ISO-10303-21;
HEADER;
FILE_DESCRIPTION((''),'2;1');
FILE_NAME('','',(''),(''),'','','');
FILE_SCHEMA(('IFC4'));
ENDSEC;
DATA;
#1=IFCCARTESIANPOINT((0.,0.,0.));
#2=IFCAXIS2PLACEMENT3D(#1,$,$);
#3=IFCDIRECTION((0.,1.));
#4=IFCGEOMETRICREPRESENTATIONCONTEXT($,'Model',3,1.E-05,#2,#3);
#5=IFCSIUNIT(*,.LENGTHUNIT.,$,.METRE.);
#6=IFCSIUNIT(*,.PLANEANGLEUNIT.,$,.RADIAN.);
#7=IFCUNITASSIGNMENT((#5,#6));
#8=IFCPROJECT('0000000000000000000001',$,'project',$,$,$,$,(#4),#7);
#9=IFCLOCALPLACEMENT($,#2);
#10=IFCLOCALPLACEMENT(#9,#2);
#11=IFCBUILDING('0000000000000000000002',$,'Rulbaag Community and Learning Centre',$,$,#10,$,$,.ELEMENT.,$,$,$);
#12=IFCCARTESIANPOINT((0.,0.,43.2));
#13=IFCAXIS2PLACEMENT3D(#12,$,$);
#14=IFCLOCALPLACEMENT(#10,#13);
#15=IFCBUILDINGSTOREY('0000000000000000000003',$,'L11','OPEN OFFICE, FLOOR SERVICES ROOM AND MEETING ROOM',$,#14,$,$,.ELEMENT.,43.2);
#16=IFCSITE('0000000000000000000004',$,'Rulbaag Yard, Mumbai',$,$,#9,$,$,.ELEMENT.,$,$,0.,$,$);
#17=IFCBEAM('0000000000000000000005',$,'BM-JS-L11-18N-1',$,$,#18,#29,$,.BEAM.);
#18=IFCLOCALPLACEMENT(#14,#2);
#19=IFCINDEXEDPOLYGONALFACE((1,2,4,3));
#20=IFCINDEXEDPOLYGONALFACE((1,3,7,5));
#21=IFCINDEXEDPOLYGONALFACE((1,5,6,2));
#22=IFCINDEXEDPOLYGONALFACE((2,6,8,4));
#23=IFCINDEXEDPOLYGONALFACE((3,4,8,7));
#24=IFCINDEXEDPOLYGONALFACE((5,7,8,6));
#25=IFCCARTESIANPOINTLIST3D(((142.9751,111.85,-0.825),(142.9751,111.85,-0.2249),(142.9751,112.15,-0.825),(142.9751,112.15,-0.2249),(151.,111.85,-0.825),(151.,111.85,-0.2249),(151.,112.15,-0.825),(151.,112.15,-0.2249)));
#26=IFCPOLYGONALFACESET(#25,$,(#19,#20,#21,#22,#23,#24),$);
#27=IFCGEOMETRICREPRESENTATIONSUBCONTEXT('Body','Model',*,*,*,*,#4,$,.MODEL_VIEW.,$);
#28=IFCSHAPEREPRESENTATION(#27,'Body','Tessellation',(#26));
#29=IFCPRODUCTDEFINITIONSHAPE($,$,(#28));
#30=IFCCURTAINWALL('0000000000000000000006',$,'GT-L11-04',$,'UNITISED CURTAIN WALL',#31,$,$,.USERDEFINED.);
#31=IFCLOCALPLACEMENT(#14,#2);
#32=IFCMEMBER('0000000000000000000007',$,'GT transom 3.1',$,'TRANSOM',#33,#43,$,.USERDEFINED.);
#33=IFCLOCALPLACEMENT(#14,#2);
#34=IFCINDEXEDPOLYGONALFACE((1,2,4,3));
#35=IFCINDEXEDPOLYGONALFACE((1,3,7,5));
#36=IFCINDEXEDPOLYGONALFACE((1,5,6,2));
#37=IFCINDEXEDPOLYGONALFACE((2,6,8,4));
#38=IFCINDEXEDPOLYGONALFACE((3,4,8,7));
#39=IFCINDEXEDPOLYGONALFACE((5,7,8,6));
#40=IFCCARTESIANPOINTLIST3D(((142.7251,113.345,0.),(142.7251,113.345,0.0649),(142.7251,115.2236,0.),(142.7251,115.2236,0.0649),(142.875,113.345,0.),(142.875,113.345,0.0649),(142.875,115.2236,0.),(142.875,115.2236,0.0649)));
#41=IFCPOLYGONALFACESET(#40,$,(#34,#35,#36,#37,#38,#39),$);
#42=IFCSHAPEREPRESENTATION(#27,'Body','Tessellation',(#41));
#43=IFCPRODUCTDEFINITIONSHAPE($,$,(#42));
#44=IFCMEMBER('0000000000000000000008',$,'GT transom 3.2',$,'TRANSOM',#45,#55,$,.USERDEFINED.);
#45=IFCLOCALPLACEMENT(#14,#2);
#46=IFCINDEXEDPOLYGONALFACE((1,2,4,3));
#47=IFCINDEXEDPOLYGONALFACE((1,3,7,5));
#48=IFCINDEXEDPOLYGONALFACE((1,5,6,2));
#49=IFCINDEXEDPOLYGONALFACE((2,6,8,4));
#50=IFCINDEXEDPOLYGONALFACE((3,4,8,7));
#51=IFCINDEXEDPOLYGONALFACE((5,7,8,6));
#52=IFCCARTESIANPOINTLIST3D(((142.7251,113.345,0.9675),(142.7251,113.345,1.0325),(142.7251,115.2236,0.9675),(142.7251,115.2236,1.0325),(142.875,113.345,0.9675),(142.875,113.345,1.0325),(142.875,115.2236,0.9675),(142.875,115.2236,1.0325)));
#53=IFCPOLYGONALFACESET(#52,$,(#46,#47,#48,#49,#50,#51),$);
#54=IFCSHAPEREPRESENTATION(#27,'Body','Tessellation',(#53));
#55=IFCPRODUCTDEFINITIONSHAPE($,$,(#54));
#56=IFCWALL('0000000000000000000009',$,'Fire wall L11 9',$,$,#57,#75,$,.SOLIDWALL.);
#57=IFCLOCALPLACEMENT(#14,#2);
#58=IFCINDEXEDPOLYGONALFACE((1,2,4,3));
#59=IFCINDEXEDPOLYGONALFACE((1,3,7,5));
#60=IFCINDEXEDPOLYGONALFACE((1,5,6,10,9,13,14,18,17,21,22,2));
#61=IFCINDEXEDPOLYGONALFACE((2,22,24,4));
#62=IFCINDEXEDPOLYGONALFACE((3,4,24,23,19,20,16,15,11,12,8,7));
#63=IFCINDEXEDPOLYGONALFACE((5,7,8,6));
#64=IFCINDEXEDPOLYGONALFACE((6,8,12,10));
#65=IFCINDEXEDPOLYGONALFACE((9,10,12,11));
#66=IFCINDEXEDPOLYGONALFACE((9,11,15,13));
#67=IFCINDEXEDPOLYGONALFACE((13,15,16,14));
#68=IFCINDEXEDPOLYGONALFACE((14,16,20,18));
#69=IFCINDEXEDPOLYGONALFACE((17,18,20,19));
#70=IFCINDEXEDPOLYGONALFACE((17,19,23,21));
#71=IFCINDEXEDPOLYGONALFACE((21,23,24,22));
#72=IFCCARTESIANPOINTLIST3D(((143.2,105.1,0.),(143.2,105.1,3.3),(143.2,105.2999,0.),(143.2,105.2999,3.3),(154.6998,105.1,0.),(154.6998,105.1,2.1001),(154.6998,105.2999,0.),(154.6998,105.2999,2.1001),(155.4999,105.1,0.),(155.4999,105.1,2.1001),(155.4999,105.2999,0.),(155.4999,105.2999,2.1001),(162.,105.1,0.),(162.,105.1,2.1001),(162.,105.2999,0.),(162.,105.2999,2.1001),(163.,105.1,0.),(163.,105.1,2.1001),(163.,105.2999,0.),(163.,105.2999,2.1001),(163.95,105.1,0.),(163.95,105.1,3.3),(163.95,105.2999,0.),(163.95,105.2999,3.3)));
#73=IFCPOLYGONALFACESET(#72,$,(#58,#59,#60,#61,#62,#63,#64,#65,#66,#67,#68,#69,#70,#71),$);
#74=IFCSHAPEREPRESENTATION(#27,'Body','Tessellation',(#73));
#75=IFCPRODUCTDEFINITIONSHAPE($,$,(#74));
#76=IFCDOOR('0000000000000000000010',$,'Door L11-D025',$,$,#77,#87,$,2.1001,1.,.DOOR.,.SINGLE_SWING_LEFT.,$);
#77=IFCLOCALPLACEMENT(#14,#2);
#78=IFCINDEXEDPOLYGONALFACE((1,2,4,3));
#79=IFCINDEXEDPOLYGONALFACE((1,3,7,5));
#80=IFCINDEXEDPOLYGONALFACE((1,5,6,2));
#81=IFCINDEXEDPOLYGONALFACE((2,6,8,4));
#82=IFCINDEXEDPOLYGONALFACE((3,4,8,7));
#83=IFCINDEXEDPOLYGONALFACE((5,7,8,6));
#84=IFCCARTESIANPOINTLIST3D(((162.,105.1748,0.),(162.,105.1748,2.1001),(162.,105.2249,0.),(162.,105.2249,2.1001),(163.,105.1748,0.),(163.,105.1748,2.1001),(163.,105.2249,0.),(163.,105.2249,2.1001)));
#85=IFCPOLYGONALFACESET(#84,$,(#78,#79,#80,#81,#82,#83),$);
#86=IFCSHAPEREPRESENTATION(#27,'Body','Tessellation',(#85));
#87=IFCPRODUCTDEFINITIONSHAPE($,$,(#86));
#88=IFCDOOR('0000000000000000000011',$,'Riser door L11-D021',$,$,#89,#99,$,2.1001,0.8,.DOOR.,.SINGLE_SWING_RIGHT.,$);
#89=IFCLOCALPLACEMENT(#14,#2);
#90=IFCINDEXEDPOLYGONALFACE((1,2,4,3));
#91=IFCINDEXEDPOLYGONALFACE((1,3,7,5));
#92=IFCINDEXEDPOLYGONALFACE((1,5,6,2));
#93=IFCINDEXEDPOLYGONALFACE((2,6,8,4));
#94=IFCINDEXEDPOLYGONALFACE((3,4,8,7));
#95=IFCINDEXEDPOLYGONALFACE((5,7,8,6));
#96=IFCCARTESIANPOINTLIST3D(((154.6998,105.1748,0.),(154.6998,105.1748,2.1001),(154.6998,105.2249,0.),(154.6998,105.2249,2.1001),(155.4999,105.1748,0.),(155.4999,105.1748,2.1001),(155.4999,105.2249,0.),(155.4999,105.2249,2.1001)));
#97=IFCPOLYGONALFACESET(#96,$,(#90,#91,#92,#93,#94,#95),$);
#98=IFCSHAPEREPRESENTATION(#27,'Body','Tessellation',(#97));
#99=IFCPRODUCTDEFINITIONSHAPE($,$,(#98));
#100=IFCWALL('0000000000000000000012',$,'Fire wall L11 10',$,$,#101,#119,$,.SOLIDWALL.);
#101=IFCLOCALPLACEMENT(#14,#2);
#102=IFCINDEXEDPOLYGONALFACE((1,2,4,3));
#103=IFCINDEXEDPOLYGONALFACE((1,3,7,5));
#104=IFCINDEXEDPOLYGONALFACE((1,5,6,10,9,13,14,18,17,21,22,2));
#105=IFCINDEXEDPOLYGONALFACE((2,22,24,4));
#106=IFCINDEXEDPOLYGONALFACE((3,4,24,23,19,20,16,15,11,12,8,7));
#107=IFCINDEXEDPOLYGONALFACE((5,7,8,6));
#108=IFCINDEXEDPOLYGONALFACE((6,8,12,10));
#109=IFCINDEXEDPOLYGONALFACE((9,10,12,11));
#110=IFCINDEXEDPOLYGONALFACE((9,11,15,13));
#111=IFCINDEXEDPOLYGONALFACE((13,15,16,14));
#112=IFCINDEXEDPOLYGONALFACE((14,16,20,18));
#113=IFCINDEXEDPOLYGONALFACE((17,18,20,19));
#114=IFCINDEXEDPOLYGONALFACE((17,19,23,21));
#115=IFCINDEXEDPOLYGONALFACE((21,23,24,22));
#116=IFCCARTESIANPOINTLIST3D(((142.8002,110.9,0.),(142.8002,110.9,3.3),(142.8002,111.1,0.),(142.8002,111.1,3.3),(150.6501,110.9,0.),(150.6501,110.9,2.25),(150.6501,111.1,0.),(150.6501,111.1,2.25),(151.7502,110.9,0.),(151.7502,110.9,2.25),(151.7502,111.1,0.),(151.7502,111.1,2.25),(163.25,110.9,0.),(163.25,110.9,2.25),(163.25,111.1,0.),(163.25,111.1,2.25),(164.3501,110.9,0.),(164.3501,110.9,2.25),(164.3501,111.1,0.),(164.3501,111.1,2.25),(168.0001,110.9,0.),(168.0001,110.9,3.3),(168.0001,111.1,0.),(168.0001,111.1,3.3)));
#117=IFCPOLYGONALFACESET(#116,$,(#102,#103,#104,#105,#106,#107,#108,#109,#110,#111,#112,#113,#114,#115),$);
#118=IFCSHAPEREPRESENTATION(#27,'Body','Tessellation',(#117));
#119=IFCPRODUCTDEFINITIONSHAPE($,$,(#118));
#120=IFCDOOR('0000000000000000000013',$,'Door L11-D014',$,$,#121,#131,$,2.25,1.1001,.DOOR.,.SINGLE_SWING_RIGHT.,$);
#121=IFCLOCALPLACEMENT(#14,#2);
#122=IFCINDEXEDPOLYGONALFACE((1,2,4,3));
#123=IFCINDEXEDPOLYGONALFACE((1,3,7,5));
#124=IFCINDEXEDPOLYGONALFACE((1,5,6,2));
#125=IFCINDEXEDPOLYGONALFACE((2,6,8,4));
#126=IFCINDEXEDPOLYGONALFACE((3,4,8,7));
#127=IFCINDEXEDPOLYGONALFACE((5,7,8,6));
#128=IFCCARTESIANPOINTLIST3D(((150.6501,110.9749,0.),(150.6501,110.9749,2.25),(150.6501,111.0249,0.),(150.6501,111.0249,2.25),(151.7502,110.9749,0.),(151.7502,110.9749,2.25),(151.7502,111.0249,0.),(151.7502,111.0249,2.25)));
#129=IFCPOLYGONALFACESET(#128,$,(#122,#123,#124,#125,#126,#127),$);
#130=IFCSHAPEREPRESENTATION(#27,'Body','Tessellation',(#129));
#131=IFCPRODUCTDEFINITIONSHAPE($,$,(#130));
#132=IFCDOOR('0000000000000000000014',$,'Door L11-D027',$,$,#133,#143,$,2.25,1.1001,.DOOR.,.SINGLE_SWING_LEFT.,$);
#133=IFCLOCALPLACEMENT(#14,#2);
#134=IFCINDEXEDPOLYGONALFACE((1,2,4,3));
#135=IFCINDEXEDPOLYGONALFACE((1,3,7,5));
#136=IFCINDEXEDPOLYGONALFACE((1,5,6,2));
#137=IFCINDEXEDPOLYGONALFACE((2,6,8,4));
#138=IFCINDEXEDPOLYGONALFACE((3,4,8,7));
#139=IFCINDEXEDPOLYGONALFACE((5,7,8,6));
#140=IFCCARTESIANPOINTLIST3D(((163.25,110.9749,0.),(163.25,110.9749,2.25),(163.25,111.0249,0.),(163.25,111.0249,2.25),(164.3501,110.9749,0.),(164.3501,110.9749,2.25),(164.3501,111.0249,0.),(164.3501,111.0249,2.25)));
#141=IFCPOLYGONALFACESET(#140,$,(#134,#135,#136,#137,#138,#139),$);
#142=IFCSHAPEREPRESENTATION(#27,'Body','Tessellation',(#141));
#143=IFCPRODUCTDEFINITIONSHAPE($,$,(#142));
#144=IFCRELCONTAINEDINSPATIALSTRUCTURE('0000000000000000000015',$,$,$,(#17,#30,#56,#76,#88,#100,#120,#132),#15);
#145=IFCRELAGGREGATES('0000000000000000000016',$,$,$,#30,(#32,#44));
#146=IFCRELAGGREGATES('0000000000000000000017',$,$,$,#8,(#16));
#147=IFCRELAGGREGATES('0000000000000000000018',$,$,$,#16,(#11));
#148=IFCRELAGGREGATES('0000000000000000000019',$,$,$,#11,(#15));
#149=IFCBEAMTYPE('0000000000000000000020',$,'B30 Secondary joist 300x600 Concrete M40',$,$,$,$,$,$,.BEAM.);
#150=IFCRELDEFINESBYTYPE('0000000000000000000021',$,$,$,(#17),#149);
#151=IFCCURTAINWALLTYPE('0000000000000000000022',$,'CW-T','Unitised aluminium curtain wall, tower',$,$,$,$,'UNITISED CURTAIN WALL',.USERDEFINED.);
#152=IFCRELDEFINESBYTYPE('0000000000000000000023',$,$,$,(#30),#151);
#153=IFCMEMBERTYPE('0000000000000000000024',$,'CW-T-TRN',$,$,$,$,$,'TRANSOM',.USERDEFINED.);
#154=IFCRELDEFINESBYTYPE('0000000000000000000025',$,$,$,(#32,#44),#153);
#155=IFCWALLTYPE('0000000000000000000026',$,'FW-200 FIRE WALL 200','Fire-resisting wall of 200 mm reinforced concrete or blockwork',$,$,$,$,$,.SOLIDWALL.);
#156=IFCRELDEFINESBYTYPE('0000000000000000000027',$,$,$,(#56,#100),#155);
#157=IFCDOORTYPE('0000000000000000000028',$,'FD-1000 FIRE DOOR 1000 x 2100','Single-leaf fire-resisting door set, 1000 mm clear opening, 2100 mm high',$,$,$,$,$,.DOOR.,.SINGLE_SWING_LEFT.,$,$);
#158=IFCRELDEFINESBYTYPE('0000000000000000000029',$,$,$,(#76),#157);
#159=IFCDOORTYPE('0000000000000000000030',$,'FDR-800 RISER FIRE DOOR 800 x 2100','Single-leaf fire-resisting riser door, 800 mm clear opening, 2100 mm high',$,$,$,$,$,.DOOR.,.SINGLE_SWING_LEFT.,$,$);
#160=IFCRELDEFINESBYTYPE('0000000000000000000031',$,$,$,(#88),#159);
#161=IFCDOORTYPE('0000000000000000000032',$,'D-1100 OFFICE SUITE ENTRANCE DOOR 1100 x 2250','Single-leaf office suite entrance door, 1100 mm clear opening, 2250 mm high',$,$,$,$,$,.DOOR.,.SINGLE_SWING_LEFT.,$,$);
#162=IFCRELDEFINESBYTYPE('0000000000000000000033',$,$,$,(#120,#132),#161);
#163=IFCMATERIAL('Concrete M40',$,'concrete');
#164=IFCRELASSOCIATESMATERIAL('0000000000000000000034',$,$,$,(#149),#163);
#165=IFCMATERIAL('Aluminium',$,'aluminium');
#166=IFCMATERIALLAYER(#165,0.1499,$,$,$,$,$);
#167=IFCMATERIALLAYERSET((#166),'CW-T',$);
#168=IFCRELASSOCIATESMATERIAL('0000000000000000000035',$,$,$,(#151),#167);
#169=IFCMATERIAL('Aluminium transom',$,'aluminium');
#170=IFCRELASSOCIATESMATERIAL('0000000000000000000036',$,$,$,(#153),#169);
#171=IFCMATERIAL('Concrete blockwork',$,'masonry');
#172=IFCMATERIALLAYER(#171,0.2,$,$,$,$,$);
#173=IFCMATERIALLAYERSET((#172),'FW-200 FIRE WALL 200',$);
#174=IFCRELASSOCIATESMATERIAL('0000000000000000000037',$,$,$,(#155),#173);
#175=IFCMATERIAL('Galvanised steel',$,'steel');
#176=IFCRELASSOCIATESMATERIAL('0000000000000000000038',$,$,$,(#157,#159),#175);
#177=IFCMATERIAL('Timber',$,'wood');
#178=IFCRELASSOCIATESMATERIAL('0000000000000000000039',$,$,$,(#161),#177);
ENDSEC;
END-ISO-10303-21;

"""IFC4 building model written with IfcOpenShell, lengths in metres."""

from ifc_helpers import new_model, si_unit, direction, frame, frame_2d, origin, origin_2d, place, context, subcontext, project, spatial, rectangle, extrude, material, layer, layer_set, material_profile, profile_set, type_object, element, fill, aggregate, save


model = new_model("IFC4")

# Units and contexts
model_context = context("Model", 3, precision=1e-05, world=origin(), true_north=direction((0.0, 1.0)))
body_context = subcontext(model_context, "Body", "Model", "MODEL_VIEW")
ifc_project = project(units=[si_unit("LENGTHUNIT", "METRE"), si_unit("PLANEANGLEUNIT", "RADIAN")], contexts=[model_context])

# Site, building, storey
site_placement = place(None, origin())
site = spatial("IfcSite", under=ifc_project, at=site_placement, Name="Rulbaag Yard, Mumbai", CompositionType="ELEMENT", RefElevation=0.0)
building_placement = place(site_placement, origin())
building = spatial("IfcBuilding", under=site, at=building_placement, Name="Rulbaag Community and Learning Centre", CompositionType="ELEMENT")
storey_placement = place(building_placement, frame((0.0, 0.0, 43.2)))
storey = spatial("IfcBuildingStorey", under=building, at=storey_placement, Name="L11", Description="OPEN OFFICE, FLOOR SERVICES ROOM AND MEETING ROOM", CompositionType="ELEMENT", Elevation=43.2)

# Beam
ifc_material_1 = material(Name="Concrete M40", Category="concrete")
ifc_material_profile_1 = material_profile(ifc_material_1, rectangle(XDim=0.3, YDim=0.6001, at=origin_2d()), Name="RB300x600")
ifc_profile_set_1 = profile_set([ifc_material_profile_1], Name="Concrete M40")
beam_type = type_object("IfcBeamType", Name="B30 Secondary joist 300x600 Concrete M40", PredefinedType="BEAM", material=ifc_profile_set_1)
beam_placement = place(storey_placement, frame((142.9751, 112.0, -0.5249), z_axis=(1.0, 0.0, 0.0), x_axis=(0.0, 1.0, 0.0)))
element("IfcBeam", 1, at=beam_placement, inside=storey, type_object=beam_type, Name="BM-JS-L11-18N-1", PredefinedType="BEAM", context=body_context, shape_type="SweptSolid", body=[
    extrude(rectangle(XDim=0.3, YDim=0.6001, at=origin_2d()), origin(), (0.0, 0.0, 1.0), 8.0249),
])

# Curtain wall, members
ifc_material_2 = material(Name="Aluminium", Category="aluminium")
ifc_layer_1 = layer(ifc_material_2, 0.1499)
ifc_layer_set_1 = layer_set([ifc_layer_1], Name="CW-T")
curtain_wall_type = type_object("IfcCurtainWallType", Name="CW-T", Description="Unitised aluminium curtain wall, tower", ElementType="UNITISED CURTAIN WALL", PredefinedType="USERDEFINED", material=ifc_layer_set_1)
curtain_wall_placement = place(storey_placement, origin())
curtain_wall = element("IfcCurtainWall", 2, at=curtain_wall_placement, inside=storey, type_object=curtain_wall_type, Name="GT-L11-04", ObjectType="UNITISED CURTAIN WALL", PredefinedType="USERDEFINED")
ifc_material_3 = material(Name="Aluminium transom", Category="aluminium")
ifc_material_profile_2 = material_profile(ifc_material_3, rectangle(XDim=0.1499, YDim=0.0649, at=origin_2d()), Name="AL 65x150 T")
ifc_profile_set_2 = profile_set([ifc_material_profile_2], Name="Aluminium transom")
member_type = type_object("IfcMemberType", Name="CW-T-TRN", ElementType="TRANSOM", PredefinedType="USERDEFINED", material=ifc_profile_set_2)
member_1_placement = place(storey_placement, frame((142.8, 113.345, 0.0325), z_axis=(0.0, 1.0, 0.0), x_axis=(-1.0, 0.0, 0.0)))
member_1 = element("IfcMember", 3, at=member_1_placement, type_object=member_type, Name="GT transom 3.1", ObjectType="TRANSOM", PredefinedType="USERDEFINED", context=body_context, shape_type="SweptSolid", body=[
    extrude(rectangle(XDim=0.1499, YDim=0.0649, at=origin_2d()), origin(), (0.0, 0.0, 1.0), 1.8787),
])
member_2_placement = place(storey_placement, frame((142.8, 113.345, 1.0), z_axis=(0.0, 1.0, 0.0), x_axis=(-1.0, 0.0, 0.0)))
member_2 = element("IfcMember", 4, at=member_2_placement, type_object=member_type, Name="GT transom 3.2", ObjectType="TRANSOM", PredefinedType="USERDEFINED", context=body_context, shape_type="SweptSolid", body=[
    extrude(rectangle(XDim=0.1499, YDim=0.0649, at=origin_2d()), origin(), (0.0, 0.0, 1.0), 1.8787),
])
aggregate(curtain_wall, [member_1, member_2])

# Walls, openings, doors
ifc_material_4 = material(Name="Concrete blockwork", Category="masonry")
ifc_layer_2 = layer(ifc_material_4, 0.2)
ifc_layer_set_2 = layer_set([ifc_layer_2], Name="FW-200 FIRE WALL 200")
wall_type_1 = type_object("IfcWallType", Name="FW-200 FIRE WALL 200", Description="Fire-resisting wall of 200 mm reinforced concrete or blockwork", PredefinedType="SOLIDWALL", material=ifc_layer_set_2)
wall_1_placement = place(storey_placement, frame((143.2, 105.2, 0.0), z_axis=(0.0, 0.0, 1.0), x_axis=(1.0, 0.0, 0.0)))
wall_1 = element("IfcWall", 5, at=wall_1_placement, inside=storey, type_object=wall_type_1, Name="Fire wall L11 9", PredefinedType="SOLIDWALL", context=body_context, shape_type="SweptSolid", body=[
    extrude(rectangle(XDim=20.75, YDim=0.2, at=frame_2d((10.375, 0.0))), origin(), (0.0, 0.0, 1.0), 3.3),
])
opening_1_placement = place(wall_1_placement, frame((11.5, 0.0, 0.0)))
opening_1 = element("IfcOpeningElement", 6, at=opening_1_placement, cuts=wall_1, PredefinedType="OPENING", context=body_context, shape_type="SweptSolid", body=[
    extrude(rectangle(XDim=0.8, YDim=2.1001, at=frame_2d((0.3999, 1.05))), frame((0.0, 0.1099, 0.0), z_axis=(0.0, -1.0, 0.0), x_axis=(1.0, 0.0, 0.0)), (0.0, 0.0, 1.0), 0.22),
])
opening_2_placement = place(wall_1_placement, frame((18.8, 0.0, 0.0)))
opening_2 = element("IfcOpeningElement", 7, at=opening_2_placement, cuts=wall_1, PredefinedType="OPENING", context=body_context, shape_type="SweptSolid", body=[
    extrude(rectangle(XDim=1.0, YDim=2.1001, at=frame_2d((0.5, 1.05))), frame((0.0, 0.1099, 0.0), z_axis=(0.0, -1.0, 0.0), x_axis=(1.0, 0.0, 0.0)), (0.0, 0.0, 1.0), 0.22),
])
ifc_material_5 = material(Name="Galvanised steel", Category="steel")
door_type_1 = type_object("IfcDoorType", Name="FD-1000 FIRE DOOR 1000 x 2100", Description="Single-leaf fire-resisting door set, 1000 mm clear opening, 2100 mm high", OperationType="SINGLE_SWING_LEFT", PredefinedType="DOOR", material=ifc_material_5)
door_1_placement = place(opening_2_placement, origin())
door_1 = element("IfcDoor", 8, at=door_1_placement, inside=storey, type_object=door_type_1, Name="Door L11-D025", OperationType="SINGLE_SWING_LEFT", OverallHeight=2.1001, OverallWidth=1.0, PredefinedType="DOOR", context=body_context, shape_type="SweptSolid", body=[
    extrude(rectangle(XDim=1.0, YDim=2.1001, at=frame_2d((0.5, 1.05))), frame((0.0, 0.0249, 0.0), z_axis=(0.0, -1.0, 0.0), x_axis=(1.0, 0.0, 0.0)), (0.0, 0.0, 1.0), 0.05),
])
fill(opening_2, door_1)
door_type_2 = type_object("IfcDoorType", Name="FDR-800 RISER FIRE DOOR 800 x 2100", Description="Single-leaf fire-resisting riser door, 800 mm clear opening, 2100 mm high", OperationType="SINGLE_SWING_LEFT", PredefinedType="DOOR", material=ifc_material_5)
door_2_placement = place(opening_1_placement, origin())
door_2 = element("IfcDoor", 9, at=door_2_placement, inside=storey, type_object=door_type_2, Name="Riser door L11-D021", OperationType="SINGLE_SWING_RIGHT", OverallHeight=2.1001, OverallWidth=0.8, PredefinedType="DOOR", context=body_context, shape_type="SweptSolid", body=[
    extrude(rectangle(XDim=0.8, YDim=2.1001, at=frame_2d((0.3999, 1.05))), frame((0.0, 0.0249, 0.0), z_axis=(0.0, -1.0, 0.0), x_axis=(1.0, 0.0, 0.0)), (0.0, 0.0, 1.0), 0.05),
])
fill(opening_1, door_2)
wall_2_placement = place(storey_placement, frame((142.8, 111.0, 0.0), z_axis=(0.0, 0.0, 1.0), x_axis=(1.0, 0.0, 0.0)))
wall_2 = element("IfcWall", 10, at=wall_2_placement, inside=storey, type_object=wall_type_1, Name="Fire wall L11 10", PredefinedType="SOLIDWALL", context=body_context, shape_type="SweptSolid", body=[
    extrude(rectangle(XDim=25.2, YDim=0.2, at=frame_2d((12.6001, 0.0))), origin(), (0.0, 0.0, 1.0), 3.3),
])
opening_3_placement = place(wall_2_placement, frame((7.8501, 0.0, 0.0)))
opening_3 = element("IfcOpeningElement", 11, at=opening_3_placement, cuts=wall_2, PredefinedType="OPENING", context=body_context, shape_type="SweptSolid", body=[
    extrude(rectangle(XDim=1.1001, YDim=2.25, at=frame_2d((0.55, 1.125))), frame((0.0, 0.1099, 0.0), z_axis=(0.0, -1.0, 0.0), x_axis=(1.0, 0.0, 0.0)), (0.0, 0.0, 1.0), 0.22),
])
opening_4_placement = place(wall_2_placement, frame((20.45, 0.0, 0.0)))
opening_4 = element("IfcOpeningElement", 12, at=opening_4_placement, cuts=wall_2, PredefinedType="OPENING", context=body_context, shape_type="SweptSolid", body=[
    extrude(rectangle(XDim=1.1001, YDim=2.25, at=frame_2d((0.55, 1.125))), frame((0.0, 0.1099, 0.0), z_axis=(0.0, -1.0, 0.0), x_axis=(1.0, 0.0, 0.0)), (0.0, 0.0, 1.0), 0.22),
])
ifc_material_6 = material(Name="Timber", Category="wood")
door_type_3 = type_object("IfcDoorType", Name="D-1100 OFFICE SUITE ENTRANCE DOOR 1100 x 2250", Description="Single-leaf office suite entrance door, 1100 mm clear opening, 2250 mm high", OperationType="SINGLE_SWING_LEFT", PredefinedType="DOOR", material=ifc_material_6)
door_3_placement = place(opening_3_placement, origin())
door_3 = element("IfcDoor", 13, at=door_3_placement, inside=storey, type_object=door_type_3, Name="Door L11-D014", OperationType="SINGLE_SWING_RIGHT", OverallHeight=2.25, OverallWidth=1.1001, PredefinedType="DOOR", context=body_context, shape_type="SweptSolid", body=[
    extrude(rectangle(XDim=1.1001, YDim=2.25, at=frame_2d((0.55, 1.125))), frame((0.0, 0.0249, 0.0), z_axis=(0.0, -1.0, 0.0), x_axis=(1.0, 0.0, 0.0)), (0.0, 0.0, 1.0), 0.05),
])
fill(opening_3, door_3)
door_4_placement = place(opening_4_placement, origin())
door_4 = element("IfcDoor", 14, at=door_4_placement, inside=storey, type_object=door_type_3, Name="Door L11-D027", OperationType="SINGLE_SWING_LEFT", OverallHeight=2.25, OverallWidth=1.1001, PredefinedType="DOOR", context=body_context, shape_type="SweptSolid", body=[
    extrude(rectangle(XDim=1.1001, YDim=2.25, at=frame_2d((0.55, 1.125))), frame((0.0, 0.0249, 0.0), z_axis=(0.0, -1.0, 0.0), x_axis=(1.0, 0.0, 0.0)), (0.0, 0.0, 1.0), 0.05),
])
fill(opening_4, door_4)

save(model, "model.ifc")
